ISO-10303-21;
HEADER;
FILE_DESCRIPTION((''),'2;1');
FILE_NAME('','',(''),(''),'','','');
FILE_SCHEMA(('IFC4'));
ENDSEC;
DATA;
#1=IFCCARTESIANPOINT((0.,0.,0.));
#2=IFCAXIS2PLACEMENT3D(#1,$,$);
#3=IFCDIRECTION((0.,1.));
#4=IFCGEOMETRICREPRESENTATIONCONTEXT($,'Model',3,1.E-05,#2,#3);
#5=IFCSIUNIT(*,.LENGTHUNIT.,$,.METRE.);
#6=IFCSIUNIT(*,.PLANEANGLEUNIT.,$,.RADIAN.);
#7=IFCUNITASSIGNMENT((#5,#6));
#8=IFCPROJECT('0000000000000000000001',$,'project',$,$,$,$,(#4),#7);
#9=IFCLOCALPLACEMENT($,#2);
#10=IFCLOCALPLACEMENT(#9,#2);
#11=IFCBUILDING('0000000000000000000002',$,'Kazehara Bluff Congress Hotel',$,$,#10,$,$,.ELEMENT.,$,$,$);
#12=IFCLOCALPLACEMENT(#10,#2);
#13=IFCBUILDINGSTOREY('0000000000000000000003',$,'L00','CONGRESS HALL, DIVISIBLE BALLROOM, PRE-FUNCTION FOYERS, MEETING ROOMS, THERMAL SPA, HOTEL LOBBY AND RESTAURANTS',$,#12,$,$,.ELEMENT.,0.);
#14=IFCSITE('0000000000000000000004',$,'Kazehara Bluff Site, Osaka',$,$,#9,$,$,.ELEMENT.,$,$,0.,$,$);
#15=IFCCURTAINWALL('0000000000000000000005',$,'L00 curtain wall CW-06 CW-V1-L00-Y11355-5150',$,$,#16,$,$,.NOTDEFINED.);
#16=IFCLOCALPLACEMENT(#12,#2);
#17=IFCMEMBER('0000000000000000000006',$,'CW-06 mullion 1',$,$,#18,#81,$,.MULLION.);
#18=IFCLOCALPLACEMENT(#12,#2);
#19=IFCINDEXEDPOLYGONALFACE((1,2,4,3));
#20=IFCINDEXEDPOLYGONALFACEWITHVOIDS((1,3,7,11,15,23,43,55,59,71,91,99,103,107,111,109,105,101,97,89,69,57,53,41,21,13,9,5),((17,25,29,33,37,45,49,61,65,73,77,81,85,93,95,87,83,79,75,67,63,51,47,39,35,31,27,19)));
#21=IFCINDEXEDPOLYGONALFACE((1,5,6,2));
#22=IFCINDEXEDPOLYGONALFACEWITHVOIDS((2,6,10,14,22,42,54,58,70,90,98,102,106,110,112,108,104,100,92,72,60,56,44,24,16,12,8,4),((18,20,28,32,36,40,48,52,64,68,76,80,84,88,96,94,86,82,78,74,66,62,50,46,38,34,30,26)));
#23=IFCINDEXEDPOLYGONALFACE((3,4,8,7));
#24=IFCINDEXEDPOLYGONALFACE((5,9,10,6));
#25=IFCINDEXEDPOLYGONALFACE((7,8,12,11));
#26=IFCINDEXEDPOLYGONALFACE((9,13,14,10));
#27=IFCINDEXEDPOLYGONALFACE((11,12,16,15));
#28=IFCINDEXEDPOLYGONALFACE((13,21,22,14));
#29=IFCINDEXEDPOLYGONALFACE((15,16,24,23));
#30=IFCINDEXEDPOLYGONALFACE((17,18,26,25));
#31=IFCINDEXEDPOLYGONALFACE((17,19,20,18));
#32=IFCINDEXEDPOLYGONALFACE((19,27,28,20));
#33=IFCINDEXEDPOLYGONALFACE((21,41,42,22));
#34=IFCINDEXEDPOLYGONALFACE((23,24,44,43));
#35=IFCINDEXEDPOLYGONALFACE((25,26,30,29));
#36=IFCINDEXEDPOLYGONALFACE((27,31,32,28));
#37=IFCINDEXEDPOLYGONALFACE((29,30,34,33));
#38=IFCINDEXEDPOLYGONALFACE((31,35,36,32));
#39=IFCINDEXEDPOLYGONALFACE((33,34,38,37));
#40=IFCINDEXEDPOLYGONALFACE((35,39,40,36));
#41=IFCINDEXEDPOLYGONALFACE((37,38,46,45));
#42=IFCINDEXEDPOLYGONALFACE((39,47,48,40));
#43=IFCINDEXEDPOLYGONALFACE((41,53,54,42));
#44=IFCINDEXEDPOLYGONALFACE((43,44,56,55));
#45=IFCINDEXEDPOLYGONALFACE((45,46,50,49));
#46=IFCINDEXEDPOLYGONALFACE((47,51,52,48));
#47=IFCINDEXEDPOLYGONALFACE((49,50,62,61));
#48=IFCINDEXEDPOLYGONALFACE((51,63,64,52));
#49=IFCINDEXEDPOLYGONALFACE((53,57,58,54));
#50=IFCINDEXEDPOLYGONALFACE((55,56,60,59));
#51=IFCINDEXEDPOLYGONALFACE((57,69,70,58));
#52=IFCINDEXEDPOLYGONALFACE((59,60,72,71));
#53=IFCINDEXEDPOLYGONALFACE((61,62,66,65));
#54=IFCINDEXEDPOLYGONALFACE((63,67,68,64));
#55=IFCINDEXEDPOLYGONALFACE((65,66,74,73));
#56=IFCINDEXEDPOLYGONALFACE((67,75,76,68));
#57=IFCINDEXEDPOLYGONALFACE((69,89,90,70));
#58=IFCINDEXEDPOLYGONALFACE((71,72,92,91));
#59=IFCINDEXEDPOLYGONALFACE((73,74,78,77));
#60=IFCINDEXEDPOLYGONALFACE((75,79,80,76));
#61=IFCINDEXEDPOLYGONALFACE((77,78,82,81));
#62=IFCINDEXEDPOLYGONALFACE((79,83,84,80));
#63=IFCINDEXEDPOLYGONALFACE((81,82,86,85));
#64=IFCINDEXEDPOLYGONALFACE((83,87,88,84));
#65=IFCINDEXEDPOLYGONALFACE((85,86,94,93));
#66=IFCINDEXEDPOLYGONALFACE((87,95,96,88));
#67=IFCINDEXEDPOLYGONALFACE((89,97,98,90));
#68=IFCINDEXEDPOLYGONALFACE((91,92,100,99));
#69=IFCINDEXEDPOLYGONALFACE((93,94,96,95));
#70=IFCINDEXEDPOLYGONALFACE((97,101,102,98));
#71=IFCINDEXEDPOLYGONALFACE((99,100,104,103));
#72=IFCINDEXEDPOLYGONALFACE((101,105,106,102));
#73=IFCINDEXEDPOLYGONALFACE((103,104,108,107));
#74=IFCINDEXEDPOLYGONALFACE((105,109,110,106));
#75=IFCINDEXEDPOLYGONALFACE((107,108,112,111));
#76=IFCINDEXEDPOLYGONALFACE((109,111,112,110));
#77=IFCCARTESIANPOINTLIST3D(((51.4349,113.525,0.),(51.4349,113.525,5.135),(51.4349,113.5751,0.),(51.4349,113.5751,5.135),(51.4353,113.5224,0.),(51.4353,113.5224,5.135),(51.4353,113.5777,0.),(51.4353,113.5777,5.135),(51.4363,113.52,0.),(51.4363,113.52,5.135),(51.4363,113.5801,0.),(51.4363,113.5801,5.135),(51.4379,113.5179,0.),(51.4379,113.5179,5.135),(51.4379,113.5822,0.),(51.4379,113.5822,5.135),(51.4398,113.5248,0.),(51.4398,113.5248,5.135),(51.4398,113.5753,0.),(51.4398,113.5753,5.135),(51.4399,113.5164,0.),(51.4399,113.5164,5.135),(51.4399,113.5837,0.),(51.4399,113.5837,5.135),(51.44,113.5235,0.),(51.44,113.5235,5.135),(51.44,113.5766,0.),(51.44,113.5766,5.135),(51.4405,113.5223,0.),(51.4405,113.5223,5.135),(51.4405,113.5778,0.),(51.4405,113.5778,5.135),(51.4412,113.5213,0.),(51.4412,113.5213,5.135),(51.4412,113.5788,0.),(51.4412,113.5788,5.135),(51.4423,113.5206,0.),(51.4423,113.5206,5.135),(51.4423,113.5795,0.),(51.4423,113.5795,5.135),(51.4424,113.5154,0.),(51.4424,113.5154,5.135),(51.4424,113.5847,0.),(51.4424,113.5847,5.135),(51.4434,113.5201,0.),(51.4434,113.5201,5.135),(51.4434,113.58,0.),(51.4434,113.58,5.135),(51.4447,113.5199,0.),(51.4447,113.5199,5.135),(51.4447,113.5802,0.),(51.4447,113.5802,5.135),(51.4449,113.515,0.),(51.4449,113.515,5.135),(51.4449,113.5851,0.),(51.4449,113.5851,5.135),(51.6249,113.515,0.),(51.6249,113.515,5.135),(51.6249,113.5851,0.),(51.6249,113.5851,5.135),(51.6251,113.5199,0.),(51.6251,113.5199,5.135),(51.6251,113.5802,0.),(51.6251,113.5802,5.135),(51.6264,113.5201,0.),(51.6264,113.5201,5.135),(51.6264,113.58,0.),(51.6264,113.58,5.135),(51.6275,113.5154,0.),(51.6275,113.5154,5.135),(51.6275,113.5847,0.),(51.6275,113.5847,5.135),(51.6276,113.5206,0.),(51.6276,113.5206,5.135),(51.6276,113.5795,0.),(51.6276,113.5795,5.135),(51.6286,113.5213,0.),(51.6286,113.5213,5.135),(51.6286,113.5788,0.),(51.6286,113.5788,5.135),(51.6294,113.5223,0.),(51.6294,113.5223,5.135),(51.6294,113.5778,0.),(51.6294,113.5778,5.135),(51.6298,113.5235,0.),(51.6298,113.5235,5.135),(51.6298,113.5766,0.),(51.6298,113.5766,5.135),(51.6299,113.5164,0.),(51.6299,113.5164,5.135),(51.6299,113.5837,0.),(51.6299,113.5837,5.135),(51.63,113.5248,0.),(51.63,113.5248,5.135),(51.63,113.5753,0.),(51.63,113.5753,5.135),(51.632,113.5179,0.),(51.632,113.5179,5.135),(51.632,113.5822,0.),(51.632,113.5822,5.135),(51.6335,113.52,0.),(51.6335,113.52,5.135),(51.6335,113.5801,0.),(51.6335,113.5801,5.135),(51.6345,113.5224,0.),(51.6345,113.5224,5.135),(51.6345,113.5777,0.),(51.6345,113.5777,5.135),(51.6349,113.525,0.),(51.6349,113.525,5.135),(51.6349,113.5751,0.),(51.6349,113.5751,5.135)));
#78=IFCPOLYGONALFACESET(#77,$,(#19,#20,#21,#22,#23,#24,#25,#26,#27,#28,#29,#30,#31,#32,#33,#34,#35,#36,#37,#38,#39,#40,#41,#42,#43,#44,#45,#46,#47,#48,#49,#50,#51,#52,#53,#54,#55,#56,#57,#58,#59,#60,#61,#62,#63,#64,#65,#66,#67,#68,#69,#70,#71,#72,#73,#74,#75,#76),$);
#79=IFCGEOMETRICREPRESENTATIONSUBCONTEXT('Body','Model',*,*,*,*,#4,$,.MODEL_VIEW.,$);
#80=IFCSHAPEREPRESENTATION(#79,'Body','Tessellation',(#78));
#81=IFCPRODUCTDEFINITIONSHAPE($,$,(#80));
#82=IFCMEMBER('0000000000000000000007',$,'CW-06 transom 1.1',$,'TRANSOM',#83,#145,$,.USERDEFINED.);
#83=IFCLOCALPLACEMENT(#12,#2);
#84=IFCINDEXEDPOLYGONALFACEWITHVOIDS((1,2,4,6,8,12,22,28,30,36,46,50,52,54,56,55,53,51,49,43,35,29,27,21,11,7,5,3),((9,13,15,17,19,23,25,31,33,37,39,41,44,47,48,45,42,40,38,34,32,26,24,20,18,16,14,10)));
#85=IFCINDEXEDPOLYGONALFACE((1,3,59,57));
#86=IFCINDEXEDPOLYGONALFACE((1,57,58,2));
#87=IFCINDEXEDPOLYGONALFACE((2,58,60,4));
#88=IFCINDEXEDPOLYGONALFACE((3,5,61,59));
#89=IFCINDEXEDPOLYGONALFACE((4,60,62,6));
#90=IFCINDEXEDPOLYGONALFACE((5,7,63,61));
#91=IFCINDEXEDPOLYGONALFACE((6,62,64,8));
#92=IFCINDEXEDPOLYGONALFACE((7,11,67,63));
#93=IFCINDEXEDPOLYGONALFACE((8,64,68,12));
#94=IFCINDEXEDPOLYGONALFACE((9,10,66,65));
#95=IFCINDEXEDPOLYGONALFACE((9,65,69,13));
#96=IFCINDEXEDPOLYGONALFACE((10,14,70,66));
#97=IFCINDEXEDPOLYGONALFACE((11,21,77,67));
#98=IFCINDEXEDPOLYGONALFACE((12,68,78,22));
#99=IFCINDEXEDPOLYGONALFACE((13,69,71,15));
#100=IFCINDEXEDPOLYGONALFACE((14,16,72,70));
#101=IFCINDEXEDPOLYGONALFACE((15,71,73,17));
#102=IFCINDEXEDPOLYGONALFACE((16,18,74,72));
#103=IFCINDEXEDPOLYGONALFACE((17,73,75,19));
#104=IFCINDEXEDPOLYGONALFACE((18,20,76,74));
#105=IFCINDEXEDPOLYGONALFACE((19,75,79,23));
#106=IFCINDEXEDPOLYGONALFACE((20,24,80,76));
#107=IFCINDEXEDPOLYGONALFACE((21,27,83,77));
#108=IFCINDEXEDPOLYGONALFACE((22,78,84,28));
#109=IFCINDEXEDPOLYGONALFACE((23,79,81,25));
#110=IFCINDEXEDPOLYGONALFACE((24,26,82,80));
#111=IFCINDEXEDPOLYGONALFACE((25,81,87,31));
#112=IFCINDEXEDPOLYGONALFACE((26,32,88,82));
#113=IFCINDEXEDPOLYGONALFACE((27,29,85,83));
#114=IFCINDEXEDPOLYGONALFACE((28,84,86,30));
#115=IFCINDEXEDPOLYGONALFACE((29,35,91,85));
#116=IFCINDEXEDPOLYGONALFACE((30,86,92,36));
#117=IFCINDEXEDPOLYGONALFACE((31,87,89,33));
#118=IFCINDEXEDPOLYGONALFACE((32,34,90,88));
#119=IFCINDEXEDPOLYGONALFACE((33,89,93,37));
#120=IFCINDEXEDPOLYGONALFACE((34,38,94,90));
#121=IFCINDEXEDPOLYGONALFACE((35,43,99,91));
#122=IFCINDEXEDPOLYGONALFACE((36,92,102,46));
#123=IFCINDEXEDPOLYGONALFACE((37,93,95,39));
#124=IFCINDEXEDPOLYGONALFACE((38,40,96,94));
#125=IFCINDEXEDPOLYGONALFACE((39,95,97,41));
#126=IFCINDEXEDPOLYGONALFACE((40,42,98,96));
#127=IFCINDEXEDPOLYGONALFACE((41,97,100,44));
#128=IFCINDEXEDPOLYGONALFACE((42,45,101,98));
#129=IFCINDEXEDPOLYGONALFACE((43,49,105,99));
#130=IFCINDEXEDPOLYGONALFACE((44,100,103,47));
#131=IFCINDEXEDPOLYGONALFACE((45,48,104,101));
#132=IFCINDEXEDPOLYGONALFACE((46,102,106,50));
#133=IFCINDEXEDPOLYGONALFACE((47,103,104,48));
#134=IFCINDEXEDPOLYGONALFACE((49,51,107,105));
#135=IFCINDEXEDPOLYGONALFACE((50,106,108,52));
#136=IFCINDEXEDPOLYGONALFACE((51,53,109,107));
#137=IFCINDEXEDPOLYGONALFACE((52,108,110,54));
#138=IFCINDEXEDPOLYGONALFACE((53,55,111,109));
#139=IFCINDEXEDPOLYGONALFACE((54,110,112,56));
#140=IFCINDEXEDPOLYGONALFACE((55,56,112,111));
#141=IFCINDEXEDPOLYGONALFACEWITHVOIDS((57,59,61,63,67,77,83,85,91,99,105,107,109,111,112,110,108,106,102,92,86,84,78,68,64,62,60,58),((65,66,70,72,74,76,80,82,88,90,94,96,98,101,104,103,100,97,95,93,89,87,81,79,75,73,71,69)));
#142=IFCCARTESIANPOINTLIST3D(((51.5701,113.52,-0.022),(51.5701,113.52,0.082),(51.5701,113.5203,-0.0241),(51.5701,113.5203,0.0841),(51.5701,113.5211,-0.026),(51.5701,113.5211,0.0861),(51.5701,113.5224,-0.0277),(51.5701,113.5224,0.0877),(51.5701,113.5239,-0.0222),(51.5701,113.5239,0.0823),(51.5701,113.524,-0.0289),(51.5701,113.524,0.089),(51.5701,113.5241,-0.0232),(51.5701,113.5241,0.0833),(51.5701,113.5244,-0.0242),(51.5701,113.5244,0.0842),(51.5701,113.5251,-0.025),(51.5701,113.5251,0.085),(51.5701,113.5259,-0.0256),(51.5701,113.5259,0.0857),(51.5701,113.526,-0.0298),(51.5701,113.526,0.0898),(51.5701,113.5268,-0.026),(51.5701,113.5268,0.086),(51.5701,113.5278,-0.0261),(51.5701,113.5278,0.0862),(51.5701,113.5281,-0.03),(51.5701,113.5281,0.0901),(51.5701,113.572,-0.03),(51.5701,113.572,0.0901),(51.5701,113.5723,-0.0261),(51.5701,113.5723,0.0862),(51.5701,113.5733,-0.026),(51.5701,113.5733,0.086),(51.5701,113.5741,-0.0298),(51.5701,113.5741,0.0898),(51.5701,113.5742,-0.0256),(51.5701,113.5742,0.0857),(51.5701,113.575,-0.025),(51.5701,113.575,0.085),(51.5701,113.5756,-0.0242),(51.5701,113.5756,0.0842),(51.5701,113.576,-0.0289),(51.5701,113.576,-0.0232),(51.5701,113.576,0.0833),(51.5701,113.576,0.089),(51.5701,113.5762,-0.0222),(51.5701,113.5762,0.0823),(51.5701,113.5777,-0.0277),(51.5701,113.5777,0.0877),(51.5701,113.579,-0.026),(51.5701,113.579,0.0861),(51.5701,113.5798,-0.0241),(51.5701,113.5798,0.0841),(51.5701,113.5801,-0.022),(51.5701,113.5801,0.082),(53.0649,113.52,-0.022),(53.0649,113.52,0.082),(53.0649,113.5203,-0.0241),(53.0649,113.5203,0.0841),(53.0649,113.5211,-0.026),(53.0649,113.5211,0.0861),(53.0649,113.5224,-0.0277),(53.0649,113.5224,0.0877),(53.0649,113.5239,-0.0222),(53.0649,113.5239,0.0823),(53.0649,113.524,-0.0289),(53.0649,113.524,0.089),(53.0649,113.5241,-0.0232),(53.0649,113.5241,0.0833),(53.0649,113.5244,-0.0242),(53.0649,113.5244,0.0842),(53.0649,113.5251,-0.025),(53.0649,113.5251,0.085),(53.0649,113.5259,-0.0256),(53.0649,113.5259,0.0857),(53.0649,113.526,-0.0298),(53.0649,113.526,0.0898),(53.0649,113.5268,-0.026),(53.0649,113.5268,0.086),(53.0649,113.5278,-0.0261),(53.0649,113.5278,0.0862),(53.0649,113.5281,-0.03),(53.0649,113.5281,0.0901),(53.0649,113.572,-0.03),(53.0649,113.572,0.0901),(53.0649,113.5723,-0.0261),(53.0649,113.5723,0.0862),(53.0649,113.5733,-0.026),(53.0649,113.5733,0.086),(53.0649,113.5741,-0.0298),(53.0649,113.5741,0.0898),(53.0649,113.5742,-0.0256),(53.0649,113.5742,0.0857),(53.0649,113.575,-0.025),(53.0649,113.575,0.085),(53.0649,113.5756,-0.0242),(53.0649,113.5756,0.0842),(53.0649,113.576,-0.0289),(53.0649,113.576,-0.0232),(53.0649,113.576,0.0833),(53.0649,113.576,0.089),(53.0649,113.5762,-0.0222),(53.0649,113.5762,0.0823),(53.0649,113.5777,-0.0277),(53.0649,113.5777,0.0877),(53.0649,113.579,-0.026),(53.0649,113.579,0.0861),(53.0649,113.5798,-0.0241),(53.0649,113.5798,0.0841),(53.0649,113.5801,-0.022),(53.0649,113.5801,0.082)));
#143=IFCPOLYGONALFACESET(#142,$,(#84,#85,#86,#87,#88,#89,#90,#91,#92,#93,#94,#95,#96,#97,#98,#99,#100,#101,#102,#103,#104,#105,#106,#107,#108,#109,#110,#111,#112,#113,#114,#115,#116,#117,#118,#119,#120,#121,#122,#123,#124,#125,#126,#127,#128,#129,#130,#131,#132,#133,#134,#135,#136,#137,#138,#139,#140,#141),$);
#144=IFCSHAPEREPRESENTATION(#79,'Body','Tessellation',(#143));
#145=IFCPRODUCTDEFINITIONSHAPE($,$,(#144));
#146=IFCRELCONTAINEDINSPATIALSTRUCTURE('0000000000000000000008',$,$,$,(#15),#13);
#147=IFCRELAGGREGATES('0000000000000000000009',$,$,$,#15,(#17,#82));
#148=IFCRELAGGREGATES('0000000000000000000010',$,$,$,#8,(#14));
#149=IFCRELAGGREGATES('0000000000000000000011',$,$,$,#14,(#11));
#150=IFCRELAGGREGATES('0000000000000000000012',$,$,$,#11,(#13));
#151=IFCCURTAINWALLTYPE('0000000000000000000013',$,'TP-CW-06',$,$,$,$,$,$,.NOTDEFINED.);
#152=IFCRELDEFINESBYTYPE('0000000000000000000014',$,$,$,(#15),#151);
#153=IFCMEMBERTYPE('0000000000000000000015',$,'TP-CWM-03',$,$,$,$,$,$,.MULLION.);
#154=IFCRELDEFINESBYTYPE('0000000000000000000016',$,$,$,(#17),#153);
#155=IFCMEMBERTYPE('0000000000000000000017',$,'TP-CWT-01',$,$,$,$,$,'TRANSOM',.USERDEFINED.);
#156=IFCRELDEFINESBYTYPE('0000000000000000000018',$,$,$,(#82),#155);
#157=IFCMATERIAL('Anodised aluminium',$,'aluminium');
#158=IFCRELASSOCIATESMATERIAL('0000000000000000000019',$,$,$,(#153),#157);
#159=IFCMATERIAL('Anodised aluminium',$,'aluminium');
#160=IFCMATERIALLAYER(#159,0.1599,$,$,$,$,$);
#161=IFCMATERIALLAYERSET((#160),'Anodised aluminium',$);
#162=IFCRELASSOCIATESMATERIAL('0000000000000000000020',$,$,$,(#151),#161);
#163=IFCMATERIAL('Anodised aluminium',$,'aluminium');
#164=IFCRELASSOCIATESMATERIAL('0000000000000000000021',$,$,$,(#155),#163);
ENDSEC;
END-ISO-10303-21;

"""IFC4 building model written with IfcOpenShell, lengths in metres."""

from ifc_helpers import new_model, si_unit, direction, frame, origin, origin_2d, place, context, subcontext, project, spatial, hollow_rectangle, extrude, material, layer, layer_set, material_profile, profile_set, type_object, element, aggregate, save


model = new_model("IFC4")

# Units and contexts
model_context = context("Model", 3, precision=1e-05, world=origin(), true_north=direction((0.0, 1.0)))
body_context = subcontext(model_context, "Body", "Model", "MODEL_VIEW")
ifc_project = project(units=[si_unit("LENGTHUNIT", "METRE"), si_unit("PLANEANGLEUNIT", "RADIAN")], contexts=[model_context])

# Site, building, storey
site_placement = place(None, origin())
site = spatial("IfcSite", under=ifc_project, at=site_placement, Name="Kazehara Bluff Site, Osaka", CompositionType="ELEMENT", RefElevation=0.0)
building_placement = place(site_placement, origin())
building = spatial("IfcBuilding", under=site, at=building_placement, Name="Kazehara Bluff Congress Hotel", CompositionType="ELEMENT")
storey_placement = place(building_placement, origin())
storey = spatial("IfcBuildingStorey", under=building, at=storey_placement, Name="L00", Description="CONGRESS HALL, DIVISIBLE BALLROOM, PRE-FUNCTION FOYERS, MEETING ROOMS, THERMAL SPA, HOTEL LOBBY AND RESTAURANTS", CompositionType="ELEMENT", Elevation=0.0)

# Curtain wall, members
ifc_material_1 = material(Name="Anodised aluminium", Category="aluminium")
ifc_material_profile_1 = material_profile(ifc_material_1, hollow_rectangle(XDim=0.0701, YDim=0.2, WallThickness=0.0049, InnerFilletRadius=0.0049, OuterFilletRadius=0.01, at=origin_2d()))
ifc_profile_set_1 = profile_set([ifc_material_profile_1], Name="Anodised aluminium")
member_type_1 = type_object("IfcMemberType", Name="TP-CWM-03", PredefinedType="MULLION", material=ifc_profile_set_1)
ifc_material_2 = material(Name="Anodised aluminium", Category="aluminium")
ifc_layer_1 = layer(ifc_material_2, 0.1599)
ifc_layer_set_1 = layer_set([ifc_layer_1], Name="Anodised aluminium")
curtain_wall_type_1 = type_object("IfcCurtainWallType", Name="TP-CW-06", PredefinedType="NOTDEFINED", material=ifc_layer_set_1)
curtain_wall_1_placement = place(storey_placement, origin())
curtain_wall_1 = element("IfcCurtainWall", 1, at=curtain_wall_1_placement, inside=storey, type_object=curtain_wall_type_1, Name="L00 curtain wall CW-06 CW-V1-L00-Y11355-5150", PredefinedType="NOTDEFINED")
member_1_placement = place(storey_placement, frame((51.5349, 113.55, 0.0), z_axis=(0.0, 0.0, 1.0), x_axis=(0.0, 1.0, 0.0)))
member_1 = element("IfcMember", 2, at=member_1_placement, type_object=member_type_1, Name="CW-06 mullion 1", PredefinedType="MULLION", context=body_context, shape_type="SweptSolid", body=[
    extrude(hollow_rectangle(XDim=0.0701, YDim=0.2, WallThickness=0.0049, InnerFilletRadius=0.0049, OuterFilletRadius=0.01, at=origin_2d()), origin(), (0.0, 0.0, 1.0), 5.135),
])
ifc_material_3 = material(Name="Anodised aluminium", Category="aluminium")
ifc_material_profile_2 = material_profile(ifc_material_3, hollow_rectangle(XDim=0.0601, YDim=0.1201, WallThickness=0.0039, InnerFilletRadius=0.0039, OuterFilletRadius=0.0081, at=origin_2d()))
ifc_profile_set_2 = profile_set([ifc_material_profile_2], Name="Anodised aluminium")
member_type_2 = type_object("IfcMemberType", Name="TP-CWT-01", ElementType="TRANSOM", PredefinedType="USERDEFINED", material=ifc_profile_set_2)
member_2_placement = place(storey_placement, frame((51.5701, 113.55, 0.03), z_axis=(1.0, 0.0, 0.0), x_axis=(0.0, 1.0, 0.0)))
member_2 = element("IfcMember", 3, at=member_2_placement, type_object=member_type_2, Name="CW-06 transom 1.1", ObjectType="TRANSOM", PredefinedType="USERDEFINED", context=body_context, shape_type="SweptSolid", body=[
    extrude(hollow_rectangle(XDim=0.0601, YDim=0.1201, WallThickness=0.0039, InnerFilletRadius=0.0039, OuterFilletRadius=0.0081, at=origin_2d()), origin(), (0.0, 0.0, 1.0), 1.4949),
])
aggregate(curtain_wall_1, [member_1, member_2])

save(model, "model.ifc")
